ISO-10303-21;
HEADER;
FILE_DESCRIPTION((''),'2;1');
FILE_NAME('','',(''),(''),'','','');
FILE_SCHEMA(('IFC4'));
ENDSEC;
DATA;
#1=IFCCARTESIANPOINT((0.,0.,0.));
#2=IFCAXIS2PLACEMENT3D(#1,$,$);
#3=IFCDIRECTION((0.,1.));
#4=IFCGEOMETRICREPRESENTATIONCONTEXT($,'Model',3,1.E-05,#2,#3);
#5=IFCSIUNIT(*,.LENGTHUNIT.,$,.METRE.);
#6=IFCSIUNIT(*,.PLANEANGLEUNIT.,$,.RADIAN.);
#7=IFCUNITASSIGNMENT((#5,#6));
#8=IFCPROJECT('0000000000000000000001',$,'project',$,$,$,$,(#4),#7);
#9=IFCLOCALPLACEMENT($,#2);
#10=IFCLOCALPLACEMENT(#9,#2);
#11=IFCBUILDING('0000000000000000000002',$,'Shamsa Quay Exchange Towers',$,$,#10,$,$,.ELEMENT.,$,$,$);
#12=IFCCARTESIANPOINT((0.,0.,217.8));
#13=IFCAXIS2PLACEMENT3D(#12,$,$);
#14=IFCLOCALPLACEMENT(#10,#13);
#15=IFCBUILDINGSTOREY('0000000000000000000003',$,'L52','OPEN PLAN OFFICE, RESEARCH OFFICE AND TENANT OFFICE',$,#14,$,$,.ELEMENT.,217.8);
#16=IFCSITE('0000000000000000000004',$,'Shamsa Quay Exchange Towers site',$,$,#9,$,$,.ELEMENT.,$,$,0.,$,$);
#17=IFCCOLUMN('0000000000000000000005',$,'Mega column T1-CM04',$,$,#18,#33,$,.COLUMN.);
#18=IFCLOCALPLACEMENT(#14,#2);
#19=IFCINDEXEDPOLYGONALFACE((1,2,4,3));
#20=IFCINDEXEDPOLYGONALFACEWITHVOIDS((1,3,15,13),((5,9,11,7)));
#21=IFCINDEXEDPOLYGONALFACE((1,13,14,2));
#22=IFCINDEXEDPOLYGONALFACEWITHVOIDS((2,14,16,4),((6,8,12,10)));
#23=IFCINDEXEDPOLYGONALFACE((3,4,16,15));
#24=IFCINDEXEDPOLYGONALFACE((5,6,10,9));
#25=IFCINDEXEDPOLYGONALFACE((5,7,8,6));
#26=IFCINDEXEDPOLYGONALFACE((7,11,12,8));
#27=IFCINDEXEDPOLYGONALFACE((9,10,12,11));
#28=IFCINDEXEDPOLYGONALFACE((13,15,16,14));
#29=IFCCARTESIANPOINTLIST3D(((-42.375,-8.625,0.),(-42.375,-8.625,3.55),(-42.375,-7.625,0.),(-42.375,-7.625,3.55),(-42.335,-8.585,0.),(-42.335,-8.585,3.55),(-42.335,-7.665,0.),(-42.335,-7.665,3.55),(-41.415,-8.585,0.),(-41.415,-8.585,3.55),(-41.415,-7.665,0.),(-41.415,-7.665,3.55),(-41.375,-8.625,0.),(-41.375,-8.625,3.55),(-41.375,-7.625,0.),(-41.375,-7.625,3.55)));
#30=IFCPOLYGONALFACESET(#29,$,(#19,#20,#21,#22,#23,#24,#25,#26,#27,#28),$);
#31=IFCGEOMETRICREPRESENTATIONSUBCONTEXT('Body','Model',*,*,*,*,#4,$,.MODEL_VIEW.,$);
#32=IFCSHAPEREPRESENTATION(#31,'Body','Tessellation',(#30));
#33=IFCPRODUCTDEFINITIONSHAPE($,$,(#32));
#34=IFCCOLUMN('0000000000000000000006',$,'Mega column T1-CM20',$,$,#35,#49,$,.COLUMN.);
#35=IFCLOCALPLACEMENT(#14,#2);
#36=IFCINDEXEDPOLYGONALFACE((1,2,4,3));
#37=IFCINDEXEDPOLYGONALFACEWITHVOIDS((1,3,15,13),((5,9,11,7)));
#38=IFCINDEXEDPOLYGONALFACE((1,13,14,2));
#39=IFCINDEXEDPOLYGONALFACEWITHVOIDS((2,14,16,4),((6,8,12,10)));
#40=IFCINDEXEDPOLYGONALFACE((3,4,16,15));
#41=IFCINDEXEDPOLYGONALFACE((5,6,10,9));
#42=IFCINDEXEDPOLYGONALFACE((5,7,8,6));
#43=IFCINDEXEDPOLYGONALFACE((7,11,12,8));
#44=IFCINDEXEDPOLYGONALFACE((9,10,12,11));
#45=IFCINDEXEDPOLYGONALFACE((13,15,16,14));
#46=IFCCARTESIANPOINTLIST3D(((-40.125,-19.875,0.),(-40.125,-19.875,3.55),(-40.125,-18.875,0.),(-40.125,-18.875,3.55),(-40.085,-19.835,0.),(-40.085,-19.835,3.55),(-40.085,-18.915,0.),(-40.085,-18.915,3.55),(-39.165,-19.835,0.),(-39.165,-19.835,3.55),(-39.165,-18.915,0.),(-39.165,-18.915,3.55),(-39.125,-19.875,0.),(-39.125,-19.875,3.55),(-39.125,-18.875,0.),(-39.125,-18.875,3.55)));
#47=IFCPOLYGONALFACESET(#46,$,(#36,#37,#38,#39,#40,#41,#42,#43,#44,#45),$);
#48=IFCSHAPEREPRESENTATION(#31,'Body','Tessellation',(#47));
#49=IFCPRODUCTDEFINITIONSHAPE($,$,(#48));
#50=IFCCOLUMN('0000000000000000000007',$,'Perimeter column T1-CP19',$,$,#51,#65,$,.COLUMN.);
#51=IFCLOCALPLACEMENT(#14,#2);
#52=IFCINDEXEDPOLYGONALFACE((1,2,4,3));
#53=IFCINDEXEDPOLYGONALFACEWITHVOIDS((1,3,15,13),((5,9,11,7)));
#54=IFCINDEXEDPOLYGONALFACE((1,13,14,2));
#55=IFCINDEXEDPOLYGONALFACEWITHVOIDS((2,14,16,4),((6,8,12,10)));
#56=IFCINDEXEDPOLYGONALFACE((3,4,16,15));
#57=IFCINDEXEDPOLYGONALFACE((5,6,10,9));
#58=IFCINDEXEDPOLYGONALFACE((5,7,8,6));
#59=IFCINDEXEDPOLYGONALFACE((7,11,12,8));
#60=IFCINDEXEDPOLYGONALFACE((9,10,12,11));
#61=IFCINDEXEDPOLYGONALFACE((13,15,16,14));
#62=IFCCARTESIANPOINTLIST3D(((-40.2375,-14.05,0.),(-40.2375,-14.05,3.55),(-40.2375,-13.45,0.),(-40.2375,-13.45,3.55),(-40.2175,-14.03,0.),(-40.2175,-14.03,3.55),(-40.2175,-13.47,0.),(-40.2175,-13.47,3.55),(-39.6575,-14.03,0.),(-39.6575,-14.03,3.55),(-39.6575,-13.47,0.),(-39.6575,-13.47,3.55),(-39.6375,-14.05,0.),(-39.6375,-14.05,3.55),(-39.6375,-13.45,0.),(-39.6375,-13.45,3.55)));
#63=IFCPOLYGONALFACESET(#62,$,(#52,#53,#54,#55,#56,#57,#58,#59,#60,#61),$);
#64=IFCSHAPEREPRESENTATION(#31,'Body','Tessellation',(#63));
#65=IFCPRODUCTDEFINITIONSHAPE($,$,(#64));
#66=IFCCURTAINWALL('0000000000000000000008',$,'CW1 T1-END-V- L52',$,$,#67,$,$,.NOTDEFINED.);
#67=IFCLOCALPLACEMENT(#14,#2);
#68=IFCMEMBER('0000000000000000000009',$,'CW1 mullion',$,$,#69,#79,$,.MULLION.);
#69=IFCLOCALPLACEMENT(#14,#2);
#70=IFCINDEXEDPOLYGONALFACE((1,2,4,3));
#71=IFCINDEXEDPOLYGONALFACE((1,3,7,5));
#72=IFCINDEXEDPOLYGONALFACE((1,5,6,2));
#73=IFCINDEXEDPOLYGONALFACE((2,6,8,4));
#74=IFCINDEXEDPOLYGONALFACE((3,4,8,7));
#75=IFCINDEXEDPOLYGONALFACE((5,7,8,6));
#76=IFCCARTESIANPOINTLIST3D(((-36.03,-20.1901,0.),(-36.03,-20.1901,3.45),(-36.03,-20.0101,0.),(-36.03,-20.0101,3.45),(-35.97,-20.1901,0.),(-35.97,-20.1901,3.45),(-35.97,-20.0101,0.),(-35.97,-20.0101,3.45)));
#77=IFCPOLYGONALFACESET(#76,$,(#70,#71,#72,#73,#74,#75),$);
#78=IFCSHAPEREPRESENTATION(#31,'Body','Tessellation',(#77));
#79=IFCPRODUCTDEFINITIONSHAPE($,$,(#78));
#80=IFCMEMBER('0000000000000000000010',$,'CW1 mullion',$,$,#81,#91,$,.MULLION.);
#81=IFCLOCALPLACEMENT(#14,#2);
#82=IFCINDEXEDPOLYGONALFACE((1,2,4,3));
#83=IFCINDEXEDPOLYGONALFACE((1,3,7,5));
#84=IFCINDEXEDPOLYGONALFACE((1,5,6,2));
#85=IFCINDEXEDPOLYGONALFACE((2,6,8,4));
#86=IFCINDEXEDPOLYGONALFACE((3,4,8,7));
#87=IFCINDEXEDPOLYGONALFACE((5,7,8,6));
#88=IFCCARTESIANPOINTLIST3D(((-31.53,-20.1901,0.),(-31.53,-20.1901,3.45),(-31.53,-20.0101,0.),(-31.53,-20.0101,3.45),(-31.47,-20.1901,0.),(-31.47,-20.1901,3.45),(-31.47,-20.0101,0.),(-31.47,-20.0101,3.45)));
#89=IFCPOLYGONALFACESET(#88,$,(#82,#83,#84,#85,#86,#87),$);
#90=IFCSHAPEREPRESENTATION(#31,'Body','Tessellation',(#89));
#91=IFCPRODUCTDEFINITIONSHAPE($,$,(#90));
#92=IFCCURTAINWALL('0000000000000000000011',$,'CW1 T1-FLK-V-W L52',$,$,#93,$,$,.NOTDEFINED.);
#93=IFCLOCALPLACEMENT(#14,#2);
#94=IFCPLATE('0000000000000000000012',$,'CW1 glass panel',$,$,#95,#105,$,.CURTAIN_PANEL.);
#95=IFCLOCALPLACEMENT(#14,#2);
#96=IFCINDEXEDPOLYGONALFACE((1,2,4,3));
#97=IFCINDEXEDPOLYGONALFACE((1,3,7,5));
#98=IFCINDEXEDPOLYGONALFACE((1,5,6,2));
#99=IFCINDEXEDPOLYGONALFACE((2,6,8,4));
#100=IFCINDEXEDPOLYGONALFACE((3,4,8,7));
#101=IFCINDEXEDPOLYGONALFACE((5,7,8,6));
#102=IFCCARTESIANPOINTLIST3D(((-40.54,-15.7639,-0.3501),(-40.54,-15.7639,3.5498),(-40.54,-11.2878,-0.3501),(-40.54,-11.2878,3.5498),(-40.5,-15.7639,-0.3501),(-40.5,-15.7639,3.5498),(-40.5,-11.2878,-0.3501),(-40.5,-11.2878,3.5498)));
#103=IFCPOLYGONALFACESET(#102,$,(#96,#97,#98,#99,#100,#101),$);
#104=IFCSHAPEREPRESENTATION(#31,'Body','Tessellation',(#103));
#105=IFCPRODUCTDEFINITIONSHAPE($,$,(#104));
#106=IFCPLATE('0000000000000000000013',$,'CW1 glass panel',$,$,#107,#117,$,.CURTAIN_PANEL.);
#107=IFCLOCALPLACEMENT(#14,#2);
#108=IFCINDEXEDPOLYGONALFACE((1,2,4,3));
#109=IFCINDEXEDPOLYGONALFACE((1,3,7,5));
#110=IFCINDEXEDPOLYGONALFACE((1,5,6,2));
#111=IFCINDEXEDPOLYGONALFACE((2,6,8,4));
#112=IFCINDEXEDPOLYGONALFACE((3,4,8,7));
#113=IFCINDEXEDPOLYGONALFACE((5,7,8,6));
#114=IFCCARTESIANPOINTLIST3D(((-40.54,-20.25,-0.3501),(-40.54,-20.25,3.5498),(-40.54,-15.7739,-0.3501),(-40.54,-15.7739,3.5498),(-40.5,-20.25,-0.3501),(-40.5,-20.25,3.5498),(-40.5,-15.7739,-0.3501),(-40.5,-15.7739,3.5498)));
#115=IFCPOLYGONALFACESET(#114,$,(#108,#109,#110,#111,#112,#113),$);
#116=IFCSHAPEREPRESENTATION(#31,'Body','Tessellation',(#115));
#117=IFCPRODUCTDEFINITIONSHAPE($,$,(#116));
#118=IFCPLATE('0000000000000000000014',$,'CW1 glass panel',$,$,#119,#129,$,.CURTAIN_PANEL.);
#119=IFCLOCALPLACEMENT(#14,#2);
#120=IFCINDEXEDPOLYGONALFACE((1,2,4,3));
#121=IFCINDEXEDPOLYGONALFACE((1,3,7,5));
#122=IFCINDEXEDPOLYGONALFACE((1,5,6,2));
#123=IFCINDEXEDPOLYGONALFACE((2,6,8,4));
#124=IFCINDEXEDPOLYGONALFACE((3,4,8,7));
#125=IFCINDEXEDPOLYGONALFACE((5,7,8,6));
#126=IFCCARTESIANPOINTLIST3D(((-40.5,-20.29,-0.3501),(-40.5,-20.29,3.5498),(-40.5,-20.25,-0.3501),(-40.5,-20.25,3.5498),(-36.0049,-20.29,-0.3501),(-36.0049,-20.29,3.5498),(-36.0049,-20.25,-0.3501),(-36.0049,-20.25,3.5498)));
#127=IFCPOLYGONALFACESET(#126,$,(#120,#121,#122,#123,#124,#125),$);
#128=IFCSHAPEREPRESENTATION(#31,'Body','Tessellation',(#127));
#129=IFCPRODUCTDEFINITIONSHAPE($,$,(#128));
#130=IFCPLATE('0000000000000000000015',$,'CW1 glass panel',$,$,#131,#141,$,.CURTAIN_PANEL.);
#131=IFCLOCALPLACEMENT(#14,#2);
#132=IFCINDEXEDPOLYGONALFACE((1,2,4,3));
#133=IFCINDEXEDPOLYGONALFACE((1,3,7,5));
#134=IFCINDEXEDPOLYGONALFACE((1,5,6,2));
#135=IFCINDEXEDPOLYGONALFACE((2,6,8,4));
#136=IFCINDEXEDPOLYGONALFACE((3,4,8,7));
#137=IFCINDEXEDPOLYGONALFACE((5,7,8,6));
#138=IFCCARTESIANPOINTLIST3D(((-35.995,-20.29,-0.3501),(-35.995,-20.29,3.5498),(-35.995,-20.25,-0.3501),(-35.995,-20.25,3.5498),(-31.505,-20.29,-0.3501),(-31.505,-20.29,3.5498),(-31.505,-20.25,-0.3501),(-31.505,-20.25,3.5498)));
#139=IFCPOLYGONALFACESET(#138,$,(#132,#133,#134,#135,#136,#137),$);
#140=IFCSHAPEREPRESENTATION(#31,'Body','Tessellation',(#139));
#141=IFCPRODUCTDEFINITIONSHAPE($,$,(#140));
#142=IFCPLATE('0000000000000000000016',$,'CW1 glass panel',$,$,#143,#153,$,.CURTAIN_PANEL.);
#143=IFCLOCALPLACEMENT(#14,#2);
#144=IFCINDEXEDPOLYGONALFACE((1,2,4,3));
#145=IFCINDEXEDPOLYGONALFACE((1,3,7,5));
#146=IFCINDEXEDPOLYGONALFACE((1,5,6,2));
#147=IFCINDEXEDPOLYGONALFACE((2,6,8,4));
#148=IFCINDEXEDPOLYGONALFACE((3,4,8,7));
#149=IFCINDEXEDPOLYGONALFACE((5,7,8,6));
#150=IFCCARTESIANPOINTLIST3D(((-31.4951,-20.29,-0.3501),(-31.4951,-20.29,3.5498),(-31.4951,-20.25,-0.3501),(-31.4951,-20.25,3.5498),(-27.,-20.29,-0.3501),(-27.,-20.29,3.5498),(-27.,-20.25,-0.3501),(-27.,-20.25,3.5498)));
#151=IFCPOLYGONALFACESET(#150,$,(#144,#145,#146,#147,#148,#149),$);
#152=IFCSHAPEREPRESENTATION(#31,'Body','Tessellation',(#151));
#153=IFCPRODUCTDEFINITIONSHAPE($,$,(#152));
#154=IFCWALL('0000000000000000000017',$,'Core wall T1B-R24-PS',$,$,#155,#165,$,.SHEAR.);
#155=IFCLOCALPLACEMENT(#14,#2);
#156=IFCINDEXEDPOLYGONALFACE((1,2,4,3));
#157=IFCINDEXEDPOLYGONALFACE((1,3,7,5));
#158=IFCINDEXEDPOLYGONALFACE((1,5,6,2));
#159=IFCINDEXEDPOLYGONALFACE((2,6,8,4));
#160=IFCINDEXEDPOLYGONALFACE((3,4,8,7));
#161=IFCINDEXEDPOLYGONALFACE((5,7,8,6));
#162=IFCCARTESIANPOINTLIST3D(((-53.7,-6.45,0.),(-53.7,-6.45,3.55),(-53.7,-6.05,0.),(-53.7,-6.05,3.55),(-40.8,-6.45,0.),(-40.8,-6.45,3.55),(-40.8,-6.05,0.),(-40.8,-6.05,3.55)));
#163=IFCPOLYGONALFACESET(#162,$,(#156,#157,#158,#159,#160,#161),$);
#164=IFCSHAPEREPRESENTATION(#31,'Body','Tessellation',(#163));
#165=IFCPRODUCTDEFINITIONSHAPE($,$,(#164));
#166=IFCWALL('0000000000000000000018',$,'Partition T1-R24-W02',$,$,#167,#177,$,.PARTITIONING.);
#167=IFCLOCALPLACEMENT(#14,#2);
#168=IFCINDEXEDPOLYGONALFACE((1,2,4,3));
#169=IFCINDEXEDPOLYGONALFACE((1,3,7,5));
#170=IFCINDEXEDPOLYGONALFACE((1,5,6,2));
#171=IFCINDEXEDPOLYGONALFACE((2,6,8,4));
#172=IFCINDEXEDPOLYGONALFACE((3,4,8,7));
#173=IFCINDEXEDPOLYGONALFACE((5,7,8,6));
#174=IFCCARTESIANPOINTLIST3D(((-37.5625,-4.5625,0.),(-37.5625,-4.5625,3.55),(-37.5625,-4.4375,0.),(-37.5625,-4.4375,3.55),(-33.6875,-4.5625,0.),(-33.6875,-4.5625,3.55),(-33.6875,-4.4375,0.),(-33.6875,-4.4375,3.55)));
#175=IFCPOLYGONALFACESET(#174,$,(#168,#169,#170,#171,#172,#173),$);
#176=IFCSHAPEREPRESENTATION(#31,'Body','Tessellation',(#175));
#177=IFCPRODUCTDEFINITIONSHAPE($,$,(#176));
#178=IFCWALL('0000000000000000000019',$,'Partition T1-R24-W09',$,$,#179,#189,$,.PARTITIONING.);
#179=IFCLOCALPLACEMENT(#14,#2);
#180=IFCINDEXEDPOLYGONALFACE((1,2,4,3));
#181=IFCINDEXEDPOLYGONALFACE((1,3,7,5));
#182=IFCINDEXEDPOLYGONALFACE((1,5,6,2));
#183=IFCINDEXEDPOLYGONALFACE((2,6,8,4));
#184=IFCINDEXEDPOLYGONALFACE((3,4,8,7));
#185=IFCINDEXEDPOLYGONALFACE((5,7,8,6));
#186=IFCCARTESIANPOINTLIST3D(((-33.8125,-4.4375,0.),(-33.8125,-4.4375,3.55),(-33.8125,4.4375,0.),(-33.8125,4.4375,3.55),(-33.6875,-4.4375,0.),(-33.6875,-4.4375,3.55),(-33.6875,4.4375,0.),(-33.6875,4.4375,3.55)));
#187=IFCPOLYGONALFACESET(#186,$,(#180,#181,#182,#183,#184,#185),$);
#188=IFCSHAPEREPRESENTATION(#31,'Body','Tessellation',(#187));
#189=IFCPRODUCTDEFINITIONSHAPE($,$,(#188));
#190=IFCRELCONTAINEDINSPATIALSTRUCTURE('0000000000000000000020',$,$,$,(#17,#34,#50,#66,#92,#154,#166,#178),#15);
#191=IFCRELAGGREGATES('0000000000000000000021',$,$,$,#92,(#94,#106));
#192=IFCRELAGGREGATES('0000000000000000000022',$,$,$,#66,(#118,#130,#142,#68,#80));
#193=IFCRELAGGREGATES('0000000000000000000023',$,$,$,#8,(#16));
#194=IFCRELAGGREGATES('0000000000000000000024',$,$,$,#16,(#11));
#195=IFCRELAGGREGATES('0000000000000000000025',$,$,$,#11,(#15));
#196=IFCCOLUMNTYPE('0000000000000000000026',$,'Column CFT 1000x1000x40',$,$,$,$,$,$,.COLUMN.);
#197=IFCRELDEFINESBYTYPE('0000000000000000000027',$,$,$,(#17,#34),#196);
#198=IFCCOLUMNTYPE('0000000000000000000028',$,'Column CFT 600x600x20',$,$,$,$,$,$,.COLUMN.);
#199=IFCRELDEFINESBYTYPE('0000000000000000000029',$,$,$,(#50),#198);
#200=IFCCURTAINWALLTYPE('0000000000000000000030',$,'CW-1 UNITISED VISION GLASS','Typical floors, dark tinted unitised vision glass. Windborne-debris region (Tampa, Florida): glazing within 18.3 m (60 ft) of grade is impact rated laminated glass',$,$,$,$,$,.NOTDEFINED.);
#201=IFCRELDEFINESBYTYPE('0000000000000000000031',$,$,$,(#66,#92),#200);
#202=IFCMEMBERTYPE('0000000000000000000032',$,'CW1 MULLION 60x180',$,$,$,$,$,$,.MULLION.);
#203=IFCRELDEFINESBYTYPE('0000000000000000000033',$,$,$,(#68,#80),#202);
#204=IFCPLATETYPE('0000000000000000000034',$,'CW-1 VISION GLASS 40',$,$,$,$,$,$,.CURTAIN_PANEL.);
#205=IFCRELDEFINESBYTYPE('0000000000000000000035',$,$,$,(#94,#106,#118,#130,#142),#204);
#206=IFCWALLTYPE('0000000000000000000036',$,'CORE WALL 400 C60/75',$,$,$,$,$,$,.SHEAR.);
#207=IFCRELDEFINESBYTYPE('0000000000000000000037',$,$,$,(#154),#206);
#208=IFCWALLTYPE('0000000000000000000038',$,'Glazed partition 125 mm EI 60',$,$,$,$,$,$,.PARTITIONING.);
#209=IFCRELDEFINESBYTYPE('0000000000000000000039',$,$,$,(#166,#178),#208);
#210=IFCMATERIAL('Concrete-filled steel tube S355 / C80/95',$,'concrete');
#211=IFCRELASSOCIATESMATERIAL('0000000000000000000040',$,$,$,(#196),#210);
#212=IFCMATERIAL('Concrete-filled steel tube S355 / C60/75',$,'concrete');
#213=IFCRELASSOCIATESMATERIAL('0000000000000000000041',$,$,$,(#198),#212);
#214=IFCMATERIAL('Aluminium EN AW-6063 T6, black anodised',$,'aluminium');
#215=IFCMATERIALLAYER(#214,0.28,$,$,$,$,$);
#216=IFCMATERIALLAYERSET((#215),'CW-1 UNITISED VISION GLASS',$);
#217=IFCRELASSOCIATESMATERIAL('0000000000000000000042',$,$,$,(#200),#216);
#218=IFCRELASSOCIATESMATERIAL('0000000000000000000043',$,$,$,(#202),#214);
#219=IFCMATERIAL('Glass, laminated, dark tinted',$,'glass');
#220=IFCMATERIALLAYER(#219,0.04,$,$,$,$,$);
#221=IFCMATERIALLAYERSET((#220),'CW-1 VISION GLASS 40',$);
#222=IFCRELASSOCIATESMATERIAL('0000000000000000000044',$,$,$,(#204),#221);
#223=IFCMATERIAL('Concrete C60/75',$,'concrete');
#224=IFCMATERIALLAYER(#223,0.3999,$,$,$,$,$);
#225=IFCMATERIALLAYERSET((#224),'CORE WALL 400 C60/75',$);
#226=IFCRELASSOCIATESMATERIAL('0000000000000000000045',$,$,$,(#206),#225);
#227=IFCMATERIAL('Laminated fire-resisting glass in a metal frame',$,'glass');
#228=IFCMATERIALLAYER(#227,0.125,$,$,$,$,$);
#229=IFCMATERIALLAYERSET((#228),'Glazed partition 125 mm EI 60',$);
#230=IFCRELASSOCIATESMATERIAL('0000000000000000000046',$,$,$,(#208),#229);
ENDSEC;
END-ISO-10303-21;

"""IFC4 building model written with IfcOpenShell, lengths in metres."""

from ifc_helpers import new_model, si_unit, direction, frame, frame_2d, origin, origin_2d, place, context, subcontext, project, spatial, rectangle, hollow_rectangle, extrude, material, layer, layer_set, material_profile, profile_set, type_object, element, aggregate, save


model = new_model("IFC4")

# Units and contexts
model_context = context("Model", 3, precision=1e-05, world=origin(), true_north=direction((0.0, 1.0)))
body_context = subcontext(model_context, "Body", "Model", "MODEL_VIEW")
ifc_project = project(units=[si_unit("LENGTHUNIT", "METRE"), si_unit("PLANEANGLEUNIT", "RADIAN")], contexts=[model_context])

# Site, building, storey
site_placement = place(None, origin())
site = spatial("IfcSite", under=ifc_project, at=site_placement, Name="Shamsa Quay Exchange Towers site", CompositionType="ELEMENT", RefElevation=0.0)
building_placement = place(site_placement, origin())
building = spatial("IfcBuilding", under=site, at=building_placement, Name="Shamsa Quay Exchange Towers", CompositionType="ELEMENT")
storey_placement = place(building_placement, frame((0.0, 0.0, 217.8)))
storey = spatial("IfcBuildingStorey", under=building, at=storey_placement, Name="L52", Description="OPEN PLAN OFFICE, RESEARCH OFFICE AND TENANT OFFICE", CompositionType="ELEMENT", Elevation=217.8)

# Columns
ifc_material_1 = material(Name="Concrete-filled steel tube S355 / C80/95", Category="concrete")
ifc_material_profile_1 = material_profile(ifc_material_1, hollow_rectangle(XDim=1.0, YDim=1.0, WallThickness=0.04, at=origin_2d()), Name="CFT 1000x1000x40")
ifc_profile_set_1 = profile_set([ifc_material_profile_1], Name="Concrete-filled steel tube S355 / C80/95")
column_type_1 = type_object("IfcColumnType", Name="Column CFT 1000x1000x40", PredefinedType="COLUMN", material=ifc_profile_set_1)
for number, where, name in (
    (1, (-41.875, -8.125, 0.0), "Mega column T1-CM04"),
    (2, (-39.625, -19.375, 0.0), "Mega column T1-CM20"),
):
    element("IfcColumn", number, at=place(storey_placement, frame(where)), inside=storey, type_object=column_type_1, Name=name, PredefinedType="COLUMN", context=body_context, shape_type="SweptSolid", body=[
        extrude(hollow_rectangle(XDim=1.0, YDim=1.0, WallThickness=0.04, at=origin_2d()), origin(), (0.0, 0.0, 1.0), 3.55),
    ])
ifc_material_2 = material(Name="Concrete-filled steel tube S355 / C60/75", Category="concrete")
ifc_material_profile_2 = material_profile(ifc_material_2, hollow_rectangle(XDim=0.6001, YDim=0.6001, WallThickness=0.02, at=origin_2d()), Name="CFT 600x600x20")
ifc_profile_set_2 = profile_set([ifc_material_profile_2], Name="Concrete-filled steel tube S355 / C60/75")
column_type_2 = type_object("IfcColumnType", Name="Column CFT 600x600x20", PredefinedType="COLUMN", material=ifc_profile_set_2)
column_placement = place(storey_placement, frame((-39.9375, -13.75, 0.0)))
element("IfcColumn", 3, at=column_placement, inside=storey, type_object=column_type_2, Name="Perimeter column T1-CP19", PredefinedType="COLUMN", context=body_context, shape_type="SweptSolid", body=[
    extrude(hollow_rectangle(XDim=0.6001, YDim=0.6001, WallThickness=0.02, at=origin_2d()), origin(), (0.0, 0.0, 1.0), 3.55),
])

# Curtain wall, members
ifc_material_3 = material(Name="Aluminium EN AW-6063 T6, black anodised", Category="aluminium")
ifc_layer_1 = layer(ifc_material_3, 0.28)
ifc_layer_set_1 = layer_set([ifc_layer_1], Name="CW-1 UNITISED VISION GLASS")
curtain_wall_type = type_object("IfcCurtainWallType", Name="CW-1 UNITISED VISION GLASS", Description="Typical floors, dark tinted unitised vision glass. Windborne-debris region (Tampa, Florida): glazing within 18.3 m (60 ft) of grade is impact rated laminated glass", PredefinedType="NOTDEFINED", material=ifc_layer_set_1)
curtain_wall_1_placement = place(storey_placement, origin())
curtain_wall_1 = element("IfcCurtainWall", 4, at=curtain_wall_1_placement, inside=storey, type_object=curtain_wall_type, Name="CW1 T1-END-V- L52", PredefinedType="NOTDEFINED")
ifc_material_profile_3 = material_profile(ifc_material_3, rectangle(XDim=0.1799, YDim=0.0601, at=origin_2d()), Name="MU60x180")
ifc_profile_set_3 = profile_set([ifc_material_profile_3], Name="Aluminium EN AW-6063 T6, black anodised")
member_type = type_object("IfcMemberType", Name="CW1 MULLION 60x180", PredefinedType="MULLION", material=ifc_profile_set_3)
member_1_placement = place(storey_placement, frame((-36.0, -20.1001, 0.0), z_axis=(0.0, 0.0, 1.0), x_axis=(0.0, 1.0, 0.0)))
member_1 = element("IfcMember", 5, at=member_1_placement, type_object=member_type, Name="CW1 mullion", PredefinedType="MULLION", context=body_context, shape_type="SweptSolid", body=[
    extrude(rectangle(XDim=0.1799, YDim=0.0601, at=origin_2d()), origin(), (0.0, 0.0, 1.0), 3.45),
])
member_2_placement = place(storey_placement, frame((-31.5, -20.1001, 0.0), z_axis=(0.0, 0.0, 1.0), x_axis=(0.0, 1.0, 0.0)))
member_2 = element("IfcMember", 6, at=member_2_placement, type_object=member_type, Name="CW1 mullion", PredefinedType="MULLION", context=body_context, shape_type="SweptSolid", body=[
    extrude(rectangle(XDim=0.1799, YDim=0.0601, at=origin_2d()), origin(), (0.0, 0.0, 1.0), 3.45),
])

# Curtain wall, plates
curtain_wall_2_placement = place(storey_placement, origin())
curtain_wall_2 = element("IfcCurtainWall", 7, at=curtain_wall_2_placement, inside=storey, type_object=curtain_wall_type, Name="CW1 T1-FLK-V-W L52", PredefinedType="NOTDEFINED")
ifc_material_4 = material(Name="Glass, laminated, dark tinted", Category="glass")
ifc_layer_2 = layer(ifc_material_4, 0.04)
ifc_layer_set_2 = layer_set([ifc_layer_2], Name="CW-1 VISION GLASS 40")
plate_type = type_object("IfcPlateType", Name="CW-1 VISION GLASS 40", PredefinedType="CURTAIN_PANEL", material=ifc_layer_set_2)
plate_1_placement = place(storey_placement, frame((-40.52, -13.5259, -0.3501), z_axis=(0.0, 0.0, 1.0), x_axis=(0.0, -1.0, 0.0)))
plate_1 = element("IfcPlate", 8, at=plate_1_placement, type_object=plate_type, Name="CW1 glass panel", PredefinedType="CURTAIN_PANEL", context=body_context, shape_type="SweptSolid", body=[
    extrude(rectangle(XDim=4.4761, YDim=0.04, at=origin_2d()), origin(), (0.0, 0.0, 1.0), 3.8999),
])
plate_2_placement = place(storey_placement, frame((-40.52, -18.012, -0.3501), z_axis=(0.0, 0.0, 1.0), x_axis=(0.0, -1.0, 0.0)))
plate_2 = element("IfcPlate", 9, at=plate_2_placement, type_object=plate_type, Name="CW1 glass panel", PredefinedType="CURTAIN_PANEL", context=body_context, shape_type="SweptSolid", body=[
    extrude(rectangle(XDim=4.4761, YDim=0.04, at=origin_2d()), origin(), (0.0, 0.0, 1.0), 3.8999),
])
aggregate(curtain_wall_2, [plate_1, plate_2])

# Plates
plate_3_placement = place(storey_placement, frame((-38.2524, -20.27, -0.3501)))
plate_3 = element("IfcPlate", 10, at=plate_3_placement, type_object=plate_type, Name="CW1 glass panel", PredefinedType="CURTAIN_PANEL", context=body_context, shape_type="SweptSolid", body=[
    extrude(rectangle(XDim=4.4951, YDim=0.04, at=origin_2d()), origin(), (0.0, 0.0, 1.0), 3.8999),
])
plate_4_placement = place(storey_placement, frame((-33.75, -20.27, -0.3501)))
plate_4 = element("IfcPlate", 11, at=plate_4_placement, type_object=plate_type, Name="CW1 glass panel", PredefinedType="CURTAIN_PANEL", context=body_context, shape_type="SweptSolid", body=[
    extrude(rectangle(XDim=4.49, YDim=0.04, at=origin_2d()), origin(), (0.0, 0.0, 1.0), 3.8999),
])
plate_5_placement = place(storey_placement, frame((-29.2476, -20.27, -0.3501)))
plate_5 = element("IfcPlate", 12, at=plate_5_placement, type_object=plate_type, Name="CW1 glass panel", PredefinedType="CURTAIN_PANEL", context=body_context, shape_type="SweptSolid", body=[
    extrude(rectangle(XDim=4.4951, YDim=0.04, at=origin_2d()), origin(), (0.0, 0.0, 1.0), 3.8999),
])
aggregate(curtain_wall_1, [plate_3, plate_4, plate_5, member_1, member_2])

# Wall
ifc_material_5 = material(Name="Concrete C60/75", Category="concrete")
ifc_layer_3 = layer(ifc_material_5, 0.3999)
ifc_layer_set_3 = layer_set([ifc_layer_3], Name="CORE WALL 400 C60/75")
wall_type_1 = type_object("IfcWallType", Name="CORE WALL 400 C60/75", PredefinedType="SHEAR", material=ifc_layer_set_3)
wall_1_placement = place(storey_placement, frame((-40.8, -6.25, 0.0), z_axis=(0.0, 0.0, 1.0), x_axis=(-1.0, 0.0, 0.0)))
element("IfcWall", 13, at=wall_1_placement, inside=storey, type_object=wall_type_1, Name="Core wall T1B-R24-PS", PredefinedType="SHEAR", context=body_context, shape_type="SweptSolid", body=[
    extrude(rectangle(XDim=12.8999, YDim=0.3999, at=frame_2d((6.45, 0.0))), origin(), (0.0, 0.0, 1.0), 3.55),
])

# Walls
ifc_material_6 = material(Name="Laminated fire-resisting glass in a metal frame", Category="glass")
ifc_layer_4 = layer(ifc_material_6, 0.125)
ifc_layer_set_4 = layer_set([ifc_layer_4], Name="Glazed partition 125 mm EI 60")
wall_type_2 = type_object("IfcWallType", Name="Glazed partition 125 mm EI 60", PredefinedType="PARTITIONING", material=ifc_layer_set_4)
wall_2_placement = place(storey_placement, frame((-37.5625, -4.5, 0.0)))
element("IfcWall", 14, at=wall_2_placement, inside=storey, type_object=wall_type_2, Name="Partition T1-R24-W02", PredefinedType="PARTITIONING", context=body_context, shape_type="SweptSolid", body=[
    extrude(rectangle(XDim=3.875, YDim=0.125, at=frame_2d((1.9375, 0.0))), origin(), (0.0, 0.0, 1.0), 3.55),
])
wall_3_placement = place(storey_placement, frame((-33.75, -4.4375, 0.0), z_axis=(0.0, 0.0, 1.0), x_axis=(0.0, 1.0, 0.0)))
element("IfcWall", 15, at=wall_3_placement, inside=storey, type_object=wall_type_2, Name="Partition T1-R24-W09", PredefinedType="PARTITIONING", context=body_context, shape_type="SweptSolid", body=[
    extrude(rectangle(XDim=8.875, YDim=0.125, at=frame_2d((4.4375, 0.0))), origin(), (0.0, 0.0, 1.0), 3.55),
])

save(model, "model.ifc")
